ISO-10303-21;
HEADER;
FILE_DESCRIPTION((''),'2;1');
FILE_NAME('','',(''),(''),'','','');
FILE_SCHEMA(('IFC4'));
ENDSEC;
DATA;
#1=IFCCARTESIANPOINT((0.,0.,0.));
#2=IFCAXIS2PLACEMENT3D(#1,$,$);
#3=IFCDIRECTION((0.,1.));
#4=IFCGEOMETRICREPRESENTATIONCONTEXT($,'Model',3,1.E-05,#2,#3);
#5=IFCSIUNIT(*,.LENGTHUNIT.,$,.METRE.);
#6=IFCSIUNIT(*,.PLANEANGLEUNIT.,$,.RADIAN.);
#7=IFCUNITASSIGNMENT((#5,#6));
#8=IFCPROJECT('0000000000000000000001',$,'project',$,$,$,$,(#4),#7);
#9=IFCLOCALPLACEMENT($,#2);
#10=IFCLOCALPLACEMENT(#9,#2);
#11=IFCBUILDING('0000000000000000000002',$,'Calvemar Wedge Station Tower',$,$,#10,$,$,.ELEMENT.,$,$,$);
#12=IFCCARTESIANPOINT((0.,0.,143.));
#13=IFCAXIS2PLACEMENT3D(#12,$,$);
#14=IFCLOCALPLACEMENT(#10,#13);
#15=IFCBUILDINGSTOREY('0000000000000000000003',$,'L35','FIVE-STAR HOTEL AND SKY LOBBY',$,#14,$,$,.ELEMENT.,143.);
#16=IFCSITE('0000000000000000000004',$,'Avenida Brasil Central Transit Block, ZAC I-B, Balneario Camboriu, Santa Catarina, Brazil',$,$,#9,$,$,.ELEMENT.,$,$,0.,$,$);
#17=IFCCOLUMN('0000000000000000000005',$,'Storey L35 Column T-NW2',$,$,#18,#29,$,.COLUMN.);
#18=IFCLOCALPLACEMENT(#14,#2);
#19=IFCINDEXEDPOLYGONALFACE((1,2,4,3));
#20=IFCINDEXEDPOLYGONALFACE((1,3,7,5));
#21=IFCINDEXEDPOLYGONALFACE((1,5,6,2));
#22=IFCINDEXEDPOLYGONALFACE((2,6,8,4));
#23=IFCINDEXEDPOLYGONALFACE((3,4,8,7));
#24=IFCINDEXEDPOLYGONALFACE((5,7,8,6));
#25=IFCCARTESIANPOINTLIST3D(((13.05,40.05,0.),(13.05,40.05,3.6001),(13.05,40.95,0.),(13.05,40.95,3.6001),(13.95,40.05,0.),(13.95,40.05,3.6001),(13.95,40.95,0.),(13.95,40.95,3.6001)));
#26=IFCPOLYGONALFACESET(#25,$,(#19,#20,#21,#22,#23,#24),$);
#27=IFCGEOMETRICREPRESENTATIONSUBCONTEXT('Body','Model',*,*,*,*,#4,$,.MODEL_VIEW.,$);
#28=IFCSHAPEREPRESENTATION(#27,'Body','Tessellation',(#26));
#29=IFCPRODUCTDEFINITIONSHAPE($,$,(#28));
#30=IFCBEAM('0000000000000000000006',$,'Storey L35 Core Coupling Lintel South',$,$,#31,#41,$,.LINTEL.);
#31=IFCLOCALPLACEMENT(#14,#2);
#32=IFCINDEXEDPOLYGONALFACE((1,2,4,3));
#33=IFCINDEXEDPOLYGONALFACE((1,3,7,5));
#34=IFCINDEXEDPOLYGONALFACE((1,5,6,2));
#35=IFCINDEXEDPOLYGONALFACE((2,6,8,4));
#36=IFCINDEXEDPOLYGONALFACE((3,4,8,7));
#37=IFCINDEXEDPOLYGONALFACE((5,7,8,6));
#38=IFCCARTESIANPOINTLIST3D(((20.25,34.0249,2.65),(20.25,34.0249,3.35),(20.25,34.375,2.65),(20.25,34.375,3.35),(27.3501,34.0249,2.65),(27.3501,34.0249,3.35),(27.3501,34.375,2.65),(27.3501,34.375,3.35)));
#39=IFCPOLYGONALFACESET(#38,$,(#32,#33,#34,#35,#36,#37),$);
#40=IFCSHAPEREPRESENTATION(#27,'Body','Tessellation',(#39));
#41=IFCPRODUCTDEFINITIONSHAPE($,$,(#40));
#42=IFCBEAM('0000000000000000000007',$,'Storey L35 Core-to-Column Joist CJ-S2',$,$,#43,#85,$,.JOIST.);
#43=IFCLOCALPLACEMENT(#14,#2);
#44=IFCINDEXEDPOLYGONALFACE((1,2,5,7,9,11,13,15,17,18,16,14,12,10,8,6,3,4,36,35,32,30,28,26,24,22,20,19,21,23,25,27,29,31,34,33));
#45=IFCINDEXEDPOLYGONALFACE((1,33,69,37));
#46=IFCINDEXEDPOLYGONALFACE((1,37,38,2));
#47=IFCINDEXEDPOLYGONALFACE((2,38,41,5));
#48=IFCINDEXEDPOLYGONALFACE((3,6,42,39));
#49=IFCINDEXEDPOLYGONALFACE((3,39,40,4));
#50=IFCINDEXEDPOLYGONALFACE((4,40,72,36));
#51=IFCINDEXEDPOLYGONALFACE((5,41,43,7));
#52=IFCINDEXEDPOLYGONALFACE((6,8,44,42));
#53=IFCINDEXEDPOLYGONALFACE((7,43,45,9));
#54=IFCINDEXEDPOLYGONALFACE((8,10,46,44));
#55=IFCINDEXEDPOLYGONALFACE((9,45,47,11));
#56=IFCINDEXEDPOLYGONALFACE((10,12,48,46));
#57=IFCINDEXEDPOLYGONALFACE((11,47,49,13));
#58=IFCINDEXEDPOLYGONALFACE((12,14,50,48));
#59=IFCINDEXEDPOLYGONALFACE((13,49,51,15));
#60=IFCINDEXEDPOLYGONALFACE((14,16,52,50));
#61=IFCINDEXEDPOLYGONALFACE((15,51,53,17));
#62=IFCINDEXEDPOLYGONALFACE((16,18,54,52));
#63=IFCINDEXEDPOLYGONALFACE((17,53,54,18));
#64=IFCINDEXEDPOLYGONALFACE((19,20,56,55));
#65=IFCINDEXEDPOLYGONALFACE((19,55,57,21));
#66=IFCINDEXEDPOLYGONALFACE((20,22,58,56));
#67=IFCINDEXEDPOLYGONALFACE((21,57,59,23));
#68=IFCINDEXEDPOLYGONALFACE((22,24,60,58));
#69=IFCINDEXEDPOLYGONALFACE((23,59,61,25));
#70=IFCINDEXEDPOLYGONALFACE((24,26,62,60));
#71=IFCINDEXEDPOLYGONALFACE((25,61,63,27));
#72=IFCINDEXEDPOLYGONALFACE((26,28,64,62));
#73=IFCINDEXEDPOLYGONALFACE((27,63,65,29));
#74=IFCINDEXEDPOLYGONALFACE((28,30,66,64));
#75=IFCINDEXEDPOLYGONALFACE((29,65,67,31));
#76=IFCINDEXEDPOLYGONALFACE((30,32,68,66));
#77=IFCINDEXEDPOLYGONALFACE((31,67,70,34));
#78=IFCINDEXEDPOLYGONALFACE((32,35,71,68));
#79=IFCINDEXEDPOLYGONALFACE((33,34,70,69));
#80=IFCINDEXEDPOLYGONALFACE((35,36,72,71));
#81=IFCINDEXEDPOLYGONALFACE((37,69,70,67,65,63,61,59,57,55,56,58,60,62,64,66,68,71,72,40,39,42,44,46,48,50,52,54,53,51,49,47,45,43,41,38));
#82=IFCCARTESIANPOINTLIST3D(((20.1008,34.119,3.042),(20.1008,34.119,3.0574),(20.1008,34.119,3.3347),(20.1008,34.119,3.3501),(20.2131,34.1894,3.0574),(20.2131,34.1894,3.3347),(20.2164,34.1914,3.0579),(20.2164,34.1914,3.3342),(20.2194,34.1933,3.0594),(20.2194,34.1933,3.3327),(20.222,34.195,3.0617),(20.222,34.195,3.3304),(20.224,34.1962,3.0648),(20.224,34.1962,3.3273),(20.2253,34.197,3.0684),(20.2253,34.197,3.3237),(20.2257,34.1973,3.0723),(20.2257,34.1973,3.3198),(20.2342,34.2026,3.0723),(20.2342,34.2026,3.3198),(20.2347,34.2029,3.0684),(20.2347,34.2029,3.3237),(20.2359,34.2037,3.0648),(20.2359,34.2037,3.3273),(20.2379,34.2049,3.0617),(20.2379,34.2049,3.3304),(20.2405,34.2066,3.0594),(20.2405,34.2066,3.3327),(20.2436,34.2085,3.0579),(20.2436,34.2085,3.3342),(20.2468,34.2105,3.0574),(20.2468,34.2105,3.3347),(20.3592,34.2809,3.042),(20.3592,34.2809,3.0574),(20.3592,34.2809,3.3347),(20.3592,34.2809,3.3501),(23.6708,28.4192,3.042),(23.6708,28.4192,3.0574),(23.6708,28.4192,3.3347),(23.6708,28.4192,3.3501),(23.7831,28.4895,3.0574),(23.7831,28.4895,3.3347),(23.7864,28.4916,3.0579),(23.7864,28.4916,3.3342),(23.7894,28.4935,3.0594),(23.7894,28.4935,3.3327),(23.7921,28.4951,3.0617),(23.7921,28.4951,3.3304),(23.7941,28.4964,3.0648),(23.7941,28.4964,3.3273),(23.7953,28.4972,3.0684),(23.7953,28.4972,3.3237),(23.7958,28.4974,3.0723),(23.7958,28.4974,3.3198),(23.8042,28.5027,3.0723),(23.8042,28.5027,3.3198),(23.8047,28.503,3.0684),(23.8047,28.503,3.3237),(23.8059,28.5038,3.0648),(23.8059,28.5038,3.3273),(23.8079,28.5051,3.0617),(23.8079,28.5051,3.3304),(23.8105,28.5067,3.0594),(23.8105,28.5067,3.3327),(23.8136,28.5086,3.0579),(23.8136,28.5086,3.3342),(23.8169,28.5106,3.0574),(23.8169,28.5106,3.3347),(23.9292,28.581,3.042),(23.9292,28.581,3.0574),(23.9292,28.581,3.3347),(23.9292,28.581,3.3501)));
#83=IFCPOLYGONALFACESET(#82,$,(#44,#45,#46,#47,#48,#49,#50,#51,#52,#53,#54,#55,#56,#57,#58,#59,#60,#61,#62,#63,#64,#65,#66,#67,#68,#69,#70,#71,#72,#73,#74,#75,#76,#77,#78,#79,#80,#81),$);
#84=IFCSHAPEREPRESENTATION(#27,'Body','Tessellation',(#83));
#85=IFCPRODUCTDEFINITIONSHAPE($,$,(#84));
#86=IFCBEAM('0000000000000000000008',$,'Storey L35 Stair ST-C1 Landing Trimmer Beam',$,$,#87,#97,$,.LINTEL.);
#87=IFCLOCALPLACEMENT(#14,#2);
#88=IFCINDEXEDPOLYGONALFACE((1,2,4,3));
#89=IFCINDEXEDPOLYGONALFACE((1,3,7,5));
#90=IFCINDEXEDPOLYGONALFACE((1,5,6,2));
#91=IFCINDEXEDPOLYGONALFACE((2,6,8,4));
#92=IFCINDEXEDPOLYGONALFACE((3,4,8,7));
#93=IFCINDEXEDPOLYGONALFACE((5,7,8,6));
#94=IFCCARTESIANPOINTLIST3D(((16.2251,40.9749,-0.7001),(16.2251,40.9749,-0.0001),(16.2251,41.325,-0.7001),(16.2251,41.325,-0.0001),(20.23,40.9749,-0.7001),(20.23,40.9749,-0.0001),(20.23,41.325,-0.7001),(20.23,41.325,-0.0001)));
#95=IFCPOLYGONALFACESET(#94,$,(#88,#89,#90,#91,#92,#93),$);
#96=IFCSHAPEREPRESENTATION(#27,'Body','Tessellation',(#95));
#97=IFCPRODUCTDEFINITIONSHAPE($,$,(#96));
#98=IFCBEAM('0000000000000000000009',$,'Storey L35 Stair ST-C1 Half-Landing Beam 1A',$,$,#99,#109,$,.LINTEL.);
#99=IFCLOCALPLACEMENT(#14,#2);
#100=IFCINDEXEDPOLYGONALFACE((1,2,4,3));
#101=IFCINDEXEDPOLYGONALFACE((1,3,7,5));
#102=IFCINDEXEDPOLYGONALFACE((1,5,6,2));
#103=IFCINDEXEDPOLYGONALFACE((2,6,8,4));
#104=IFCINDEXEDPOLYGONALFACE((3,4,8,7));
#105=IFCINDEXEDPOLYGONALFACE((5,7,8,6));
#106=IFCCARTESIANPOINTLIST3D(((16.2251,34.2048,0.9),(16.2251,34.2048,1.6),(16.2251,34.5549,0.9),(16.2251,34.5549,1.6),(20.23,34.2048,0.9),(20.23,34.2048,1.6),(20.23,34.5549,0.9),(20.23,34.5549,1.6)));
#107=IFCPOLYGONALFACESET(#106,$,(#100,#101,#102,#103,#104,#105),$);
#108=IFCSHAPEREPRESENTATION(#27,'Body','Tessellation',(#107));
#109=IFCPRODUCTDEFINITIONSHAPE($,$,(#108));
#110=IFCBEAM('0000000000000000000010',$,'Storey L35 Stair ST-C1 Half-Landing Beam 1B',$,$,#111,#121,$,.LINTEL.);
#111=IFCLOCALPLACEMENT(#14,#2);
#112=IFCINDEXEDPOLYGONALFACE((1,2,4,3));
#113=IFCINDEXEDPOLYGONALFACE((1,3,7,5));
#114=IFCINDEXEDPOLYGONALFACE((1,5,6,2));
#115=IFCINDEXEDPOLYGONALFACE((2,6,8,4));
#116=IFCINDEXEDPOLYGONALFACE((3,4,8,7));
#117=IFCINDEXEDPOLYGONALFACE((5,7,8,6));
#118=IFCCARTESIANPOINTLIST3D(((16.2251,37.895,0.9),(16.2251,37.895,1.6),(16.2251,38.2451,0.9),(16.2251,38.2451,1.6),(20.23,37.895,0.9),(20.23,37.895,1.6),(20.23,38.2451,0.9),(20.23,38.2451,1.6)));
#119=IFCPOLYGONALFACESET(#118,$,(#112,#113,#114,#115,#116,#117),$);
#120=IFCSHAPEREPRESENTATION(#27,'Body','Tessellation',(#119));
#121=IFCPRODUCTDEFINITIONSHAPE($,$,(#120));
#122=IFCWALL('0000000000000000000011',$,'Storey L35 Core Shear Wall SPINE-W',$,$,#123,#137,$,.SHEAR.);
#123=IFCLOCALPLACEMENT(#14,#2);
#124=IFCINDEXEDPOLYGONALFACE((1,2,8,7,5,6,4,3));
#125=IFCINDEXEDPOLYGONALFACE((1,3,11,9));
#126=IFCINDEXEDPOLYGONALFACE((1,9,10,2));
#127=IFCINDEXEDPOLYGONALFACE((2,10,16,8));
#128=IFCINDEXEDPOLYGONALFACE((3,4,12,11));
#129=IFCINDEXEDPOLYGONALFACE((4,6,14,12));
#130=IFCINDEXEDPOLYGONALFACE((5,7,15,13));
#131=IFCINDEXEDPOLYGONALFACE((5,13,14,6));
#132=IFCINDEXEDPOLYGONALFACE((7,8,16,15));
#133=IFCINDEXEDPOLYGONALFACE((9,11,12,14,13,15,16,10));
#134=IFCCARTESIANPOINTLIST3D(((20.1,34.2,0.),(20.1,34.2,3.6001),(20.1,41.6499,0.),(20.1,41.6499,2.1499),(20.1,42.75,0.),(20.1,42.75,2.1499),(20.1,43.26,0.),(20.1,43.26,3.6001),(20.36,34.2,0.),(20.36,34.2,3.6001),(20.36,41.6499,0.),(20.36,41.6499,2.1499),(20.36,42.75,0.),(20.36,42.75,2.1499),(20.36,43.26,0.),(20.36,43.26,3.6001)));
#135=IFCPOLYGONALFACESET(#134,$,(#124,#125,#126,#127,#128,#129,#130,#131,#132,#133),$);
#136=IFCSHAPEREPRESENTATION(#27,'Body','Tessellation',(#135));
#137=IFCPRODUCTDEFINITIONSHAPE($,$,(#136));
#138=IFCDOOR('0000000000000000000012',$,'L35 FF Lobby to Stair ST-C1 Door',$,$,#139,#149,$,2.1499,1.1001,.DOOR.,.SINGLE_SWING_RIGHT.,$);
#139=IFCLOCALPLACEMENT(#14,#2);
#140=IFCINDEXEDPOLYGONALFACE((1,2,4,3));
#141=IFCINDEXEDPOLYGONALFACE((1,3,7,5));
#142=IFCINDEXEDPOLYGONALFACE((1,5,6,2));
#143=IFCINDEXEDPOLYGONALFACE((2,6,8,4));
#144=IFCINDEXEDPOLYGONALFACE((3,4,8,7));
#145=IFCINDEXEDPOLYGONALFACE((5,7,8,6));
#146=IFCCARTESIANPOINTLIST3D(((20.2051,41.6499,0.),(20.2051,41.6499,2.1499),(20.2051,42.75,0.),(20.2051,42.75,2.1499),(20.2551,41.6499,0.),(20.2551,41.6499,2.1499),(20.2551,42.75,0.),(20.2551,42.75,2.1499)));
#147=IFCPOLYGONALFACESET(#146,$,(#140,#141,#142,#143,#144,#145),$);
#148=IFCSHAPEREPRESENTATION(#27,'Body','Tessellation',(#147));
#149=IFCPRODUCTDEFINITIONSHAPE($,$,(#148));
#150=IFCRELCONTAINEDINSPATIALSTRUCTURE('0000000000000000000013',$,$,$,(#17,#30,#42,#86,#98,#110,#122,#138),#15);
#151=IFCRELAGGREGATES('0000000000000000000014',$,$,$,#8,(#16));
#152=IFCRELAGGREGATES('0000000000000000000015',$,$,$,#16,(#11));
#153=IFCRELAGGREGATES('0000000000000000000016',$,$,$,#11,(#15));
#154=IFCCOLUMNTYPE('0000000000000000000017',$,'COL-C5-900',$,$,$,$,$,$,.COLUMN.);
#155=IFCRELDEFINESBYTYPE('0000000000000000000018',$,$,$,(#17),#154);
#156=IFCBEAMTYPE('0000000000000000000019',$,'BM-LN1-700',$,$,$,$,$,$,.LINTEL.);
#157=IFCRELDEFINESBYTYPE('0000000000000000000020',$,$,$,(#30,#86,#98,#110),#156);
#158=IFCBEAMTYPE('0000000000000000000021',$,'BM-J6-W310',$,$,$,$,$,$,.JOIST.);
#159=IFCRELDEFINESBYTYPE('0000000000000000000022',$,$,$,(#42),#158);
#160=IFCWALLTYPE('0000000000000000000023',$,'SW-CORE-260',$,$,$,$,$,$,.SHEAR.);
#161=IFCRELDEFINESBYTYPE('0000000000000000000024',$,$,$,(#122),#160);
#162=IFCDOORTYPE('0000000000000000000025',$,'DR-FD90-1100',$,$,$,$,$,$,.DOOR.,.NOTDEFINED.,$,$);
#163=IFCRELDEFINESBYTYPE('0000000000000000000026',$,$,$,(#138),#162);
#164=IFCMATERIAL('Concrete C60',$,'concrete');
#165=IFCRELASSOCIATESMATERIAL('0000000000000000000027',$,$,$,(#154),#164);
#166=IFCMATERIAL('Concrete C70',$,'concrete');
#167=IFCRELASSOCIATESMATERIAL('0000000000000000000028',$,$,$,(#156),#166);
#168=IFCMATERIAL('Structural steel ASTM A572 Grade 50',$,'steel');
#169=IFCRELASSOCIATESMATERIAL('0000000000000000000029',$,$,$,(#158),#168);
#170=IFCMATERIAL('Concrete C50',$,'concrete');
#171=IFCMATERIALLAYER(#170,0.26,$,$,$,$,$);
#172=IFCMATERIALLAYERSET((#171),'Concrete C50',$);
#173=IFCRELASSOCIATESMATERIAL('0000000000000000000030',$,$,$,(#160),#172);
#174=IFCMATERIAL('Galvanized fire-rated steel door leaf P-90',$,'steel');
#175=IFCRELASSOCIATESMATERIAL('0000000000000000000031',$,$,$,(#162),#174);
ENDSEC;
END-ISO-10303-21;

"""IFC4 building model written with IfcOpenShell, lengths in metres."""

from ifc_helpers import new_model, si_unit, direction, frame, frame_2d, origin, origin_2d, place, context, subcontext, project, spatial, rectangle, i_section, extrude, source, transform, mapped, material, layer, layer_set, material_profile, profile_set, type_object, element, fill, save


model = new_model("IFC4")

# Units and contexts
model_context = context("Model", 3, precision=1e-05, world=origin(), true_north=direction((0.0, 1.0)))
body_context = subcontext(model_context, "Body", "Model", "MODEL_VIEW")
ifc_project = project(units=[si_unit("LENGTHUNIT", "METRE"), si_unit("PLANEANGLEUNIT", "RADIAN")], contexts=[model_context])

# Site, building, storey
site_placement = place(None, origin())
site = spatial("IfcSite", under=ifc_project, at=site_placement, Name="Avenida Brasil Central Transit Block, ZAC I-B, Balneario Camboriu, Santa Catarina, Brazil", CompositionType="ELEMENT", RefElevation=0.0)
building_placement = place(site_placement, origin())
building = spatial("IfcBuilding", under=site, at=building_placement, Name="Calvemar Wedge Station Tower", CompositionType="ELEMENT")
storey_placement = place(building_placement, frame((0.0, 0.0, 143.0)))
storey = spatial("IfcBuildingStorey", under=building, at=storey_placement, Name="L35", Description="FIVE-STAR HOTEL AND SKY LOBBY", CompositionType="ELEMENT", Elevation=143.0)

# Column
ifc_material_1 = material(Name="Concrete C60", Category="concrete")
ifc_material_profile_1 = material_profile(ifc_material_1, rectangle(XDim=0.8999, YDim=0.8999, at=origin_2d()), Name="RC900x900")
ifc_profile_set_1 = profile_set([ifc_material_profile_1], Name="Concrete C60")
column_type = type_object("IfcColumnType", Name="COL-C5-900", PredefinedType="COLUMN", material=ifc_profile_set_1)
shared_shape_1 = source(origin(), body_context, "Body", "SweptSolid", [
    extrude(rectangle(XDim=0.8999, YDim=0.8999, at=origin_2d()), origin(), (0.0, 0.0, 1.0), 3.6001),
])
column_placement = place(storey_placement, frame((13.5, 40.5, 0.0), z_axis=(0.0, 0.0, 1.0), x_axis=(1.0, 0.0, 0.0)))
element("IfcColumn", 1, at=column_placement, inside=storey, type_object=column_type, Name="Storey L35 Column T-NW2", PredefinedType="COLUMN", context=body_context, shape_type="MappedRepresentation", body=[
    mapped(shared_shape_1, transform((0.0, 0.0, 0.0), scale=1.0)),
])

# Beams
ifc_material_2 = material(Name="Concrete C70", Category="concrete")
ifc_material_profile_2 = material_profile(ifc_material_2, rectangle(XDim=0.3501, YDim=0.7, at=origin_2d()), Name="RC350x700")
ifc_profile_set_2 = profile_set([ifc_material_profile_2], Name="Concrete C70")
beam_type_1 = type_object("IfcBeamType", Name="BM-LN1-700", PredefinedType="LINTEL", material=ifc_profile_set_2)
shared_shape_2 = source(origin(), body_context, "Body", "SweptSolid", [
    extrude(rectangle(XDim=0.3501, YDim=0.7, at=origin_2d()), origin(), (0.0, 0.0, 1.0), 7.1001),
])
beam_1_placement = place(storey_placement, frame((20.25, 34.2, 3.0), z_axis=(1.0, 0.0, 0.0), x_axis=(0.0, 1.0, 0.0)))
element("IfcBeam", 2, at=beam_1_placement, inside=storey, type_object=beam_type_1, Name="Storey L35 Core Coupling Lintel South", PredefinedType="LINTEL", context=body_context, shape_type="MappedRepresentation", body=[
    mapped(shared_shape_2, transform((0.0, 0.0, 0.0), scale=1.0)),
])
ifc_material_3 = material(Name="Structural steel ASTM A572 Grade 50", Category="steel")
ifc_material_profile_3 = material_profile(ifc_material_3, i_section(OverallWidth=0.3049, OverallDepth=0.3081, WebThickness=0.01, FlangeThickness=0.0154, FilletRadius=0.0149, at=origin_2d()), Name="W310x97")
ifc_profile_set_3 = profile_set([ifc_material_profile_3], Name="Structural steel ASTM A572 Grade 50")
beam_type_2 = type_object("IfcBeamType", Name="BM-J6-W310", PredefinedType="JOIST", material=ifc_profile_set_3)
shared_shape_3 = source(origin(), body_context, "Body", "SweptSolid", [
    extrude(i_section(OverallWidth=0.3049, OverallDepth=0.3081, WebThickness=0.01, FlangeThickness=0.0154, FilletRadius=0.0149, at=origin_2d()), origin(), (0.0, 0.0, 1.0), 6.7256),
])
beam_2_placement = place(storey_placement, frame((20.23, 34.2, 3.196), z_axis=(0.530811, -0.84749, 0.0), x_axis=(0.84749, 0.530811, 0.0)))
element("IfcBeam", 3, at=beam_2_placement, inside=storey, type_object=beam_type_2, Name="Storey L35 Core-to-Column Joist CJ-S2", PredefinedType="JOIST", context=body_context, shape_type="MappedRepresentation", body=[
    mapped(shared_shape_3, transform((0.0, 0.0, 0.0), scale=1.0)),
])
shared_shape_4 = source(origin(), body_context, "Body", "SweptSolid", [
    extrude(rectangle(XDim=0.3501, YDim=0.7, at=origin_2d()), origin(), (0.0, 0.0, 1.0), 4.0049),
])
for number, where, z_axis, x_axis, name in (
    (4, (16.2251, 41.1499, -0.3501), (1.0, 0.0, 0.0), (0.0, 1.0, 0.0), "Storey L35 Stair ST-C1 Landing Trimmer Beam"),
    (5, (16.2251, 34.3799, 1.25), (1.0, 0.0, 0.0), (0.0, 1.0, 0.0), "Storey L35 Stair ST-C1 Half-Landing Beam 1A"),
    (6, (16.2251, 38.0701, 1.25), (1.0, 0.0, 0.0), (0.0, 1.0, 0.0), "Storey L35 Stair ST-C1 Half-Landing Beam 1B"),
):
    element("IfcBeam", number, at=place(storey_placement, frame(where, z_axis=z_axis, x_axis=x_axis)), inside=storey, type_object=beam_type_1, Name=name, PredefinedType="LINTEL", context=body_context, shape_type="MappedRepresentation", body=[
        mapped(shared_shape_4, transform((0.0, 0.0, 0.0), scale=1.0)),
    ])

# Wall, opening, door
ifc_material_4 = material(Name="Concrete C50", Category="concrete")
ifc_layer_1 = layer(ifc_material_4, 0.26)
ifc_layer_set_1 = layer_set([ifc_layer_1], Name="Concrete C50")
wall_type_1 = type_object("IfcWallType", Name="SW-CORE-260", PredefinedType="SHEAR", material=ifc_layer_set_1)
wall_1_placement = place(storey_placement, frame((20.23, 34.2, 0.0), z_axis=(0.0, 0.0, 1.0), x_axis=(0.0, 1.0, 0.0)))
wall_1 = element("IfcWall", 7, at=wall_1_placement, inside=storey, type_object=wall_type_1, Name="Storey L35 Core Shear Wall SPINE-W", PredefinedType="SHEAR", context=body_context, shape_type="SweptSolid", body=[
    extrude(rectangle(XDim=9.0601, YDim=0.26, at=frame_2d((4.53, 0.0))), origin(), (0.0, 0.0, 1.0), 3.6001),
])
shared_shape_5 = source(origin(), body_context, "Body", "SweptSolid", [
    extrude(rectangle(XDim=1.1001, YDim=2.1499, at=frame_2d((0.55, 1.075))), frame((0.0, 0.1401, 0.0), z_axis=(0.0, -1.0, 0.0), x_axis=(1.0, 0.0, 0.0)), (0.0, 0.0, 1.0), 0.28),
])
opening_1_placement = place(wall_1_placement, frame((7.45, 0.0, 0.0)))
opening_1 = element("IfcOpeningElement", 8, at=opening_1_placement, cuts=wall_1, PredefinedType="OPENING", context=body_context, shape_type="MappedRepresentation", body=[
    mapped(shared_shape_5, transform((0.0, 0.0, 0.0), scale=1.0)),
])
ifc_material_5 = material(Name="Galvanized fire-rated steel door leaf P-90", Category="steel")
door_type_1 = type_object("IfcDoorType", Name="DR-FD90-1100", OperationType="NOTDEFINED", PredefinedType="DOOR", material=ifc_material_5)
shared_shape_6 = source(origin(), body_context, "Body", "SweptSolid", [
    extrude(rectangle(XDim=1.1001, YDim=2.1499, at=frame_2d((0.55, 1.075))), frame((0.0, 0.0249, 0.0), z_axis=(0.0, -1.0, 0.0), x_axis=(1.0, 0.0, 0.0)), (0.0, 0.0, 1.0), 0.05),
])
door_1_placement = place(opening_1_placement, origin())
door_1 = element("IfcDoor", 9, at=door_1_placement, inside=storey, type_object=door_type_1, Name="L35 FF Lobby to Stair ST-C1 Door", OperationType="SINGLE_SWING_RIGHT", OverallHeight=2.1499, OverallWidth=1.1001, PredefinedType="DOOR", context=body_context, shape_type="MappedRepresentation", body=[
    mapped(shared_shape_6, transform((0.0, 0.0, 0.0), scale=1.0)),
])
fill(opening_1, door_1)

save(model, "model.ifc")
